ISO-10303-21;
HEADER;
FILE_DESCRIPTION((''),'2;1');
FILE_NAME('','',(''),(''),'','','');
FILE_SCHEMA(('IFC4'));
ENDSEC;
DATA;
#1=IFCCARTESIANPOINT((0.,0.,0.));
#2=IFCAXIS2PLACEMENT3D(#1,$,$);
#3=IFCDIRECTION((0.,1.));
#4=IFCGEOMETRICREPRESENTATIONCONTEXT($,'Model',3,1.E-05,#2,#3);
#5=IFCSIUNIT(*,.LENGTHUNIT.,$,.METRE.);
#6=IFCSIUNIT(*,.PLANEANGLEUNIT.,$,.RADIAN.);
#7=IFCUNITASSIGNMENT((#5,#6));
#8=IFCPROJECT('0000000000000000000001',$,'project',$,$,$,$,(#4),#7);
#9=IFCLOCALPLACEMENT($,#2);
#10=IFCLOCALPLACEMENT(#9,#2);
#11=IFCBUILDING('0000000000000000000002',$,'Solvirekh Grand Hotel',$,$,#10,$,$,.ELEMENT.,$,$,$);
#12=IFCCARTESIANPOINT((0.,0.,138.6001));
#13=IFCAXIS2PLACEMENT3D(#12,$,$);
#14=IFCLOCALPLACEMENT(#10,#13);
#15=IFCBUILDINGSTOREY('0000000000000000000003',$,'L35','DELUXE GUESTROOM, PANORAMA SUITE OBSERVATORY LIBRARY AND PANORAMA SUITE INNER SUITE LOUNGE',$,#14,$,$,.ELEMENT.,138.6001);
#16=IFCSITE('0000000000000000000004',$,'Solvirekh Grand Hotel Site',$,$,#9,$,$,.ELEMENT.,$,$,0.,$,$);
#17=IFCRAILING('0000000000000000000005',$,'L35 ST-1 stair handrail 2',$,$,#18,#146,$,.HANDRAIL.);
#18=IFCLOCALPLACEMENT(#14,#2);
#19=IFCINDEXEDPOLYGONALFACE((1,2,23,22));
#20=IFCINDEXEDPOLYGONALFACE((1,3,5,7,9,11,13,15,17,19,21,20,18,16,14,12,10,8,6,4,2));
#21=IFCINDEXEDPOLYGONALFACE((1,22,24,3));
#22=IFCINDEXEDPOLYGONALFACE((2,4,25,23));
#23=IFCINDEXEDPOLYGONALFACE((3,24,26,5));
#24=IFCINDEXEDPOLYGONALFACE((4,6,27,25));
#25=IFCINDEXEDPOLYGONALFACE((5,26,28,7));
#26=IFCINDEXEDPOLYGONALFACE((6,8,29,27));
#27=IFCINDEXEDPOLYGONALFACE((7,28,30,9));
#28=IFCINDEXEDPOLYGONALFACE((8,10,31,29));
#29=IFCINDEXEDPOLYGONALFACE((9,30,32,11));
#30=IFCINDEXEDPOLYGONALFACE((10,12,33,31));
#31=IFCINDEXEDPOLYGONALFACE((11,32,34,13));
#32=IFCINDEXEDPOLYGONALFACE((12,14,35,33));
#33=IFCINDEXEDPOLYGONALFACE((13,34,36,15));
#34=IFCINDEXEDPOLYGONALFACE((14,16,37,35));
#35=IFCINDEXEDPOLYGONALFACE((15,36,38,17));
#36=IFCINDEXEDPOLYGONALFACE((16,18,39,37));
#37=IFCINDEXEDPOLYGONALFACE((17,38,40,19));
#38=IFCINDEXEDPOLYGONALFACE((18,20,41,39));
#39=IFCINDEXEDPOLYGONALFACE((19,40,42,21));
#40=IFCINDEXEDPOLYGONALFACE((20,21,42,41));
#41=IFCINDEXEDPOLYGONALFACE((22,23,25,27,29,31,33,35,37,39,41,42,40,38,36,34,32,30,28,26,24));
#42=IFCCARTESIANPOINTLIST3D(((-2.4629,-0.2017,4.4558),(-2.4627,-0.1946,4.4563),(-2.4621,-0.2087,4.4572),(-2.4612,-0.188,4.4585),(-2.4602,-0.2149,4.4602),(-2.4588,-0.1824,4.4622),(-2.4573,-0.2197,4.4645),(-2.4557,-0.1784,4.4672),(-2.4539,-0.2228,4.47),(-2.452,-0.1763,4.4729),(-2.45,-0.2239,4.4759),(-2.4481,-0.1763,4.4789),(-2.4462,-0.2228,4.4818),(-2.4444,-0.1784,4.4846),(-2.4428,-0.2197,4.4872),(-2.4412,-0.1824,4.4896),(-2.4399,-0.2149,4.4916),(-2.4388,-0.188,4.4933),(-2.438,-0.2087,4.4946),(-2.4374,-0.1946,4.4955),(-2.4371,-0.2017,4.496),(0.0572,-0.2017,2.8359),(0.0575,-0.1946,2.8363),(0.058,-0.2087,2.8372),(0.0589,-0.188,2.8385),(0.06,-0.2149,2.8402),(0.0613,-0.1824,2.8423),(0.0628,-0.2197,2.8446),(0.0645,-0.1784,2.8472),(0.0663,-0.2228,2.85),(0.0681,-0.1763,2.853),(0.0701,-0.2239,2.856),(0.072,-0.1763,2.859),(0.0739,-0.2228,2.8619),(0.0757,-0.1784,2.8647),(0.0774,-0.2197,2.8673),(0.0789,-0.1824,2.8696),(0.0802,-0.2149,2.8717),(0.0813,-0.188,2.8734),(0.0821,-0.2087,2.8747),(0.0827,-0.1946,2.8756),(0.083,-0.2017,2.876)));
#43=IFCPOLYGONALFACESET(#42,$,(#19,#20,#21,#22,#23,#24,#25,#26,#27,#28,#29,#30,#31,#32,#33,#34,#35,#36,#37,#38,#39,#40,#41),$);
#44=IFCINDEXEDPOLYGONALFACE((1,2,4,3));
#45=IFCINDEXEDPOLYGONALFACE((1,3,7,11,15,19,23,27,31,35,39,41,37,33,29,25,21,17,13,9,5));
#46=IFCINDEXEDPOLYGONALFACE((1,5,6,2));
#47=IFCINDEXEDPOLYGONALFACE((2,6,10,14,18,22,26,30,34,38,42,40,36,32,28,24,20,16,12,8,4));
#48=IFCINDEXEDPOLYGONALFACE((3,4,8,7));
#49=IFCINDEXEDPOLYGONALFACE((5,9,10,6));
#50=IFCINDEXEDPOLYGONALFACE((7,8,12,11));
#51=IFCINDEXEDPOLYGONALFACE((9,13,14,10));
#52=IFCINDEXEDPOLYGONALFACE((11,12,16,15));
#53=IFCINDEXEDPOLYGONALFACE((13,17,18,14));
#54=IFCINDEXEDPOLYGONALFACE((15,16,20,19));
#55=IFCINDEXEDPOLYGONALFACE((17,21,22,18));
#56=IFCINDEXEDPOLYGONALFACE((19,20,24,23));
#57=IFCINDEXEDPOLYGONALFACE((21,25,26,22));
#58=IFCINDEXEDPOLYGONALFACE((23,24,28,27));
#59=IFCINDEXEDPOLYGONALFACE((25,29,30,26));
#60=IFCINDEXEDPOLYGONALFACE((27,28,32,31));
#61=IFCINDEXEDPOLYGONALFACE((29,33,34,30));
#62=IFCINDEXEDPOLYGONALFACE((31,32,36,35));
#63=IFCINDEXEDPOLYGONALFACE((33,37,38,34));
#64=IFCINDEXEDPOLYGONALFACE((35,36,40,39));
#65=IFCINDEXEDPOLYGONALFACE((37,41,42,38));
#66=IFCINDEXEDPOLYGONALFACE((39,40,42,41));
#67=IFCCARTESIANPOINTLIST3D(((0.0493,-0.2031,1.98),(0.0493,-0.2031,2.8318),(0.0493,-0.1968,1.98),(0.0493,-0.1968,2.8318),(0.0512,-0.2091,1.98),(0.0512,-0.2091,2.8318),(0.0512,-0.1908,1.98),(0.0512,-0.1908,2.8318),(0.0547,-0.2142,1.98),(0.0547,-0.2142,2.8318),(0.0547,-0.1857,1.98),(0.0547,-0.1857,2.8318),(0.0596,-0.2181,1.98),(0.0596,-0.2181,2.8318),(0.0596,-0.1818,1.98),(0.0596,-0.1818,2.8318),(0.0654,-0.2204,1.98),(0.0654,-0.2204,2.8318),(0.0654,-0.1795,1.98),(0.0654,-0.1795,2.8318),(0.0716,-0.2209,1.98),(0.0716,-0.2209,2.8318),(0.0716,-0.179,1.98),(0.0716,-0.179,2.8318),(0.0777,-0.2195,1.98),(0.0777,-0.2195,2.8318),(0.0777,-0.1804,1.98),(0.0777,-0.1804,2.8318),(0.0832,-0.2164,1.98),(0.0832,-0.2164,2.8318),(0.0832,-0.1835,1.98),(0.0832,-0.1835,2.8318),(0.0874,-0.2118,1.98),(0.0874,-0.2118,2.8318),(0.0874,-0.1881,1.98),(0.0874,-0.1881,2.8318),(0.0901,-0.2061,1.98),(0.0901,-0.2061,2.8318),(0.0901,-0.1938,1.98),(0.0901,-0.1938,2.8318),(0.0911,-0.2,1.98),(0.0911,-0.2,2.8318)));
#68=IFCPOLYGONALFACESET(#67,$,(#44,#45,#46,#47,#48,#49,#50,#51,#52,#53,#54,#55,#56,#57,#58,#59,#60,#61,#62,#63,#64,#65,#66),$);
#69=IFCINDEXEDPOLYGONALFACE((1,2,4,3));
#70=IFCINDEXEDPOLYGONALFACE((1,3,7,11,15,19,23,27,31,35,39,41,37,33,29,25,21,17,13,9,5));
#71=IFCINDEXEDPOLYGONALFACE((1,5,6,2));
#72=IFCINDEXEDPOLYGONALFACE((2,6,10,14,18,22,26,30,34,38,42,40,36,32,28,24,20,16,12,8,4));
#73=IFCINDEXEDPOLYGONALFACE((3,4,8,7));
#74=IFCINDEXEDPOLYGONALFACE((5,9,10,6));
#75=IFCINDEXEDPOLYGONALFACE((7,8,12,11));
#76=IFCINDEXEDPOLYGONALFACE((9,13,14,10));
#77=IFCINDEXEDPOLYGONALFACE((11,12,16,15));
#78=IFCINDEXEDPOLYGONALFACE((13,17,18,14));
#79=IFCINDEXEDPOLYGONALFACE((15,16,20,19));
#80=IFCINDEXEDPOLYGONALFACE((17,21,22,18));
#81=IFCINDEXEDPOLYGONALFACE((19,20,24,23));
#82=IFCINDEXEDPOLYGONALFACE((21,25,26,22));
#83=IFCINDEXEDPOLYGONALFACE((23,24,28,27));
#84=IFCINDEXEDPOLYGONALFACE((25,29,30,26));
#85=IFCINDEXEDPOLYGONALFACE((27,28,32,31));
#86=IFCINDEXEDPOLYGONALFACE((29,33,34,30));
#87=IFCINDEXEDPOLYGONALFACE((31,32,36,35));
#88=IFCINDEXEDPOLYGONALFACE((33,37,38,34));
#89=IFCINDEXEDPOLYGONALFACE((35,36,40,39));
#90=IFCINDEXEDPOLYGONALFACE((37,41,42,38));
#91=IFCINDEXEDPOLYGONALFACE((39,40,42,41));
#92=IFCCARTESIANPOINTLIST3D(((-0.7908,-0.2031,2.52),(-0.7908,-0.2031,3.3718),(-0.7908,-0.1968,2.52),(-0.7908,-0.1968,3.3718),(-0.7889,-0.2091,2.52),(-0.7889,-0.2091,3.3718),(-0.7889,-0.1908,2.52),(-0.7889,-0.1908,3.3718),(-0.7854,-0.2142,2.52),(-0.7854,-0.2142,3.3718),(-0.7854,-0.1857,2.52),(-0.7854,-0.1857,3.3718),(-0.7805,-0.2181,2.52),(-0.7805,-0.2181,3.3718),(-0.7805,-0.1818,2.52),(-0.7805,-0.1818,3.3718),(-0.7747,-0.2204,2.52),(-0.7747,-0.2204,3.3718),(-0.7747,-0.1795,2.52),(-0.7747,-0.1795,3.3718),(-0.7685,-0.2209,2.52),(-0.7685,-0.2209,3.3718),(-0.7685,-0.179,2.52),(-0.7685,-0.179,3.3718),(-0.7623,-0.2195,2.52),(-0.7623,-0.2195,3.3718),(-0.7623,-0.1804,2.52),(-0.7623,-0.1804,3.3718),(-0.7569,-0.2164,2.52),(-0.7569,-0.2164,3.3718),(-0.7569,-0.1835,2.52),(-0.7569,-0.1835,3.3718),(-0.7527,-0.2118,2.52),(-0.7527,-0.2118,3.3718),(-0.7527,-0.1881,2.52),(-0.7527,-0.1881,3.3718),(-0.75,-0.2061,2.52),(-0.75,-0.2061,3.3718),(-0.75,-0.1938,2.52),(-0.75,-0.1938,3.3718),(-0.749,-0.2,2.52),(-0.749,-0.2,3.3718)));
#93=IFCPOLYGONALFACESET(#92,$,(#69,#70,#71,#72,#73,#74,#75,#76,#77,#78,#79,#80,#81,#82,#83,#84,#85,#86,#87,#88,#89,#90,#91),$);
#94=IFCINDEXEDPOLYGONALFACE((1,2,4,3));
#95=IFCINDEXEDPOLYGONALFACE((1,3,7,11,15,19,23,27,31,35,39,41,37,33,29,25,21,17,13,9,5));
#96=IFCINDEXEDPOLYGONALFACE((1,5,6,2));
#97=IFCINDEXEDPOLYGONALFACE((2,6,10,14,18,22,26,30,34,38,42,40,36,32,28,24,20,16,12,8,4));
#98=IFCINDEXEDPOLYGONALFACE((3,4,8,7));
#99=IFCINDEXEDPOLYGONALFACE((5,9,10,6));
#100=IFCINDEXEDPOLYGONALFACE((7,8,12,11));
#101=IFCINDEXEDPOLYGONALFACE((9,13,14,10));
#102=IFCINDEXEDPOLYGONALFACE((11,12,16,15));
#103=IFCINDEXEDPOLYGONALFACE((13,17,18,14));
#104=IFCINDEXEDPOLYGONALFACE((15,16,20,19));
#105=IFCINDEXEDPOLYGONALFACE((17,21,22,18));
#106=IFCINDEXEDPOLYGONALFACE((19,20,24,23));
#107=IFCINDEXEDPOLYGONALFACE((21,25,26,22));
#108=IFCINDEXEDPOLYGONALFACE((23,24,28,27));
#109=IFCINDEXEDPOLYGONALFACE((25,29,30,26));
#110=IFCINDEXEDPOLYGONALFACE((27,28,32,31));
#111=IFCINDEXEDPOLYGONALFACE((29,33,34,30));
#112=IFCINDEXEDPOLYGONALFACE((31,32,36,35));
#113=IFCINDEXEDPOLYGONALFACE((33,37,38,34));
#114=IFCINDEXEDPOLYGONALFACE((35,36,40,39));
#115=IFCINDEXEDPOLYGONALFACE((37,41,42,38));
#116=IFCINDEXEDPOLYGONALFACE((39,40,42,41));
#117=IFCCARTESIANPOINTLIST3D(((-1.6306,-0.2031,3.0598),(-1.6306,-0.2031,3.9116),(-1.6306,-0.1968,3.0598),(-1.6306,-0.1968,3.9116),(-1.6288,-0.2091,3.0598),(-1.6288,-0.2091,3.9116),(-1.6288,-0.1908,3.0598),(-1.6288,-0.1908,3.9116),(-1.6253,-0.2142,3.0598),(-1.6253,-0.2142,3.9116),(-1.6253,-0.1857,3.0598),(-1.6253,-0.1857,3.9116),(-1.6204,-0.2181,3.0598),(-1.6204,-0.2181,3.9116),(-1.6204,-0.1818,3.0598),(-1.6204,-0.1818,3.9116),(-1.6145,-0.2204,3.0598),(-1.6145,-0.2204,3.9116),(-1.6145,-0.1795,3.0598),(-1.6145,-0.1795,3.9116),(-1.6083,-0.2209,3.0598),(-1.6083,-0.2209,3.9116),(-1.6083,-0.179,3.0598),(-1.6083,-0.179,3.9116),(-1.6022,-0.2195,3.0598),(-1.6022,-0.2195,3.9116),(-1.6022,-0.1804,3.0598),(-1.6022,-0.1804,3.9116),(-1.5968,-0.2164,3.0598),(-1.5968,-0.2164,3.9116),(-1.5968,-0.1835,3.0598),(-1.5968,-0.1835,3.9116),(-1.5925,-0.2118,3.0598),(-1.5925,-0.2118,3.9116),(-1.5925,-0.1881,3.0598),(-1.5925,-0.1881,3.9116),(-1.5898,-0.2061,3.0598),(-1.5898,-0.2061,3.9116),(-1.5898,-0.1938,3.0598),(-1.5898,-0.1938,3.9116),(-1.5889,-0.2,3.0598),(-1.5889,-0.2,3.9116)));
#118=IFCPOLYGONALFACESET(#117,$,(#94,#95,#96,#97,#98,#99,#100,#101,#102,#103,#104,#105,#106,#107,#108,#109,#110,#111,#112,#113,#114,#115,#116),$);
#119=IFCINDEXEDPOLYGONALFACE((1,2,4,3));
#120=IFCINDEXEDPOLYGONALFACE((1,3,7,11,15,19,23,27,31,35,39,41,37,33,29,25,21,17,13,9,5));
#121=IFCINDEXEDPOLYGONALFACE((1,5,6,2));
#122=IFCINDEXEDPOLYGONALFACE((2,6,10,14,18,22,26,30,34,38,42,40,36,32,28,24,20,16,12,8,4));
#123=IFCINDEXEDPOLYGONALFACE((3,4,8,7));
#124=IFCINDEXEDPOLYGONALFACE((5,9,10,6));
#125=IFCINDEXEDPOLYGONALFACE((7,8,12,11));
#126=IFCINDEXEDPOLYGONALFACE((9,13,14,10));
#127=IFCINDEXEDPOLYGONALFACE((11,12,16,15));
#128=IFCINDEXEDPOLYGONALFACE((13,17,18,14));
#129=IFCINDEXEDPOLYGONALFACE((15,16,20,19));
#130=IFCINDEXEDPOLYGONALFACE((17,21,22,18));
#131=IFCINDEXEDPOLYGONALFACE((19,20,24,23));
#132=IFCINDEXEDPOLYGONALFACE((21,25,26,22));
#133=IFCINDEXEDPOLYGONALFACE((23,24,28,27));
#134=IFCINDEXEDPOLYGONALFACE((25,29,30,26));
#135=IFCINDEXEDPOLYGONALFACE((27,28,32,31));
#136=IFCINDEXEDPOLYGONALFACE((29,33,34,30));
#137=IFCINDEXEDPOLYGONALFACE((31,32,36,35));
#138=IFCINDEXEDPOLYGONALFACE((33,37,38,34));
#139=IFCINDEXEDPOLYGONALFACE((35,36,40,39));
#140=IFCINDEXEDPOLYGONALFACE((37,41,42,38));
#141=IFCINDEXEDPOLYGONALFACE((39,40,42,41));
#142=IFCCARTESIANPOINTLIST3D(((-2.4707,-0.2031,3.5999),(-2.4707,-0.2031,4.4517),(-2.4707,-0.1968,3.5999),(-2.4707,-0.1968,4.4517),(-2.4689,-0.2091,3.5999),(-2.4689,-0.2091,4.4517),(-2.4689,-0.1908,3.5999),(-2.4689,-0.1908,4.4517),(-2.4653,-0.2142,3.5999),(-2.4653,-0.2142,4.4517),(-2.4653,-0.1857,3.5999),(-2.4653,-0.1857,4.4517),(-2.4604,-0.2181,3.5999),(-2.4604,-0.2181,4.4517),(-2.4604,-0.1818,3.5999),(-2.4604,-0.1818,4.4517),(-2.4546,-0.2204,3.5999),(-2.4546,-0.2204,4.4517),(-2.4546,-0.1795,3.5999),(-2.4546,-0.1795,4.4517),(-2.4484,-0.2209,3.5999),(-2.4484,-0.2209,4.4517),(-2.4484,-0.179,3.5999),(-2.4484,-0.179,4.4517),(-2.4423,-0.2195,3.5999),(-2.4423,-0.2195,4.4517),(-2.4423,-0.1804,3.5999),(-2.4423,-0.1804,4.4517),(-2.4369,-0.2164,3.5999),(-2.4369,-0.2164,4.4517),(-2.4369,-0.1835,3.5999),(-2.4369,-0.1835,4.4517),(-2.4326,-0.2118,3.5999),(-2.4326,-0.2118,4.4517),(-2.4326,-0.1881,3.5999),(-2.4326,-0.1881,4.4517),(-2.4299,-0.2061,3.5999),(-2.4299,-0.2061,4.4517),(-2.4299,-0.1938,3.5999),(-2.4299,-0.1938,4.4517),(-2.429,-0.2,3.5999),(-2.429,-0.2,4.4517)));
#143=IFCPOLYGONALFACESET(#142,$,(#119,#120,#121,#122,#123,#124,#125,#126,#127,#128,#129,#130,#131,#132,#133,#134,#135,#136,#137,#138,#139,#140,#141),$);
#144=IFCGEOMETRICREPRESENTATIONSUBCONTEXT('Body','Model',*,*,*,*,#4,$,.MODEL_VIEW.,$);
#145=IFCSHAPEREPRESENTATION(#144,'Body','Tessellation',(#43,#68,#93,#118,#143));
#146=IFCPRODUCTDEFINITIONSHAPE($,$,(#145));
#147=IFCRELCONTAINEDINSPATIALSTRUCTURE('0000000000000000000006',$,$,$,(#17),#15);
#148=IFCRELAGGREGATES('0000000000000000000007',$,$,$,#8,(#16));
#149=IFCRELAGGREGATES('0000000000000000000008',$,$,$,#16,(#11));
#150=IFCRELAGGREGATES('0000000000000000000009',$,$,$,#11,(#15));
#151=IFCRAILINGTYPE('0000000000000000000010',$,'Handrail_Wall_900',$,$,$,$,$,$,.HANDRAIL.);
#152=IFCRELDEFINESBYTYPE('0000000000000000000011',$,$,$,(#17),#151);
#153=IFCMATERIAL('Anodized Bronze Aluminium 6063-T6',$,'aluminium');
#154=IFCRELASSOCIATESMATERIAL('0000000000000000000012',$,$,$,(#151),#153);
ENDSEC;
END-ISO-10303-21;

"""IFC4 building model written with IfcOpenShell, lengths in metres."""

from ifc_helpers import new_model, si_unit, direction, frame, origin, origin_2d, place, context, subcontext, project, spatial, circle, extrude, material, type_object, element, save


model = new_model("IFC4")

# Units and contexts
model_context = context("Model", 3, precision=1e-05, world=origin(), true_north=direction((0.0, 1.0)))
body_context = subcontext(model_context, "Body", "Model", "MODEL_VIEW")
ifc_project = project(units=[si_unit("LENGTHUNIT", "METRE"), si_unit("PLANEANGLEUNIT", "RADIAN")], contexts=[model_context])

# Site, building, storey
site_placement = place(None, origin())
site = spatial("IfcSite", under=ifc_project, at=site_placement, Name="Solvirekh Grand Hotel Site", CompositionType="ELEMENT", RefElevation=0.0)
building_placement = place(site_placement, origin())
building = spatial("IfcBuilding", under=site, at=building_placement, Name="Solvirekh Grand Hotel", CompositionType="ELEMENT")
storey_placement = place(building_placement, frame((0.0, 0.0, 138.6001)))
storey = spatial("IfcBuildingStorey", under=building, at=storey_placement, Name="L35", Description="DELUXE GUESTROOM, PANORAMA SUITE OBSERVATORY LIBRARY AND PANORAMA SUITE INNER SUITE LOUNGE", CompositionType="ELEMENT", Elevation=138.6001)

# Shared definitions
ifc_material_1 = material(Name="Anodized Bronze Aluminium 6063-T6", Category="aluminium")

# Railing
railing_type_1 = type_object("IfcRailingType", Name="Handrail_Wall_900", PredefinedType="HANDRAIL", material=ifc_material_1)
for number, where, name in (
    (1, (0.0701, -0.2, 1.98), "L35 ST-1 stair handrail 2"),
):
    element("IfcRailing", number, at=place(storey_placement, frame(where)), inside=storey, type_object=railing_type_1, Name=name, PredefinedType="HANDRAIL", context=body_context, shape_type="SweptSolid", body=[
        extrude(circle(Radius=0.0239, at=origin_2d()), frame((0.0, 0.0, 0.876), z_axis=(-0.8412, 0.0, 0.540725), x_axis=(0.0, -1.0, 0.0)), (0.0, 0.0, 1.0), 2.9958),
        extrude(circle(Radius=0.021, at=origin_2d()), origin(), (0.0, 0.0, 1.0), 0.8518),
        extrude(circle(Radius=0.021, at=origin_2d()), frame((-0.8401, 0.0, 0.54)), (0.0, 0.0, 1.0), 0.8518),
        extrude(circle(Radius=0.021, at=origin_2d()), frame((-1.6799, 0.0, 1.0798)), (0.0, 0.0, 1.0), 0.8518),
        extrude(circle(Radius=0.021, at=origin_2d()), frame((-2.52, 0.0, 1.6199)), (0.0, 0.0, 1.0), 0.8518),
    ])

save(model, "model.ifc")
